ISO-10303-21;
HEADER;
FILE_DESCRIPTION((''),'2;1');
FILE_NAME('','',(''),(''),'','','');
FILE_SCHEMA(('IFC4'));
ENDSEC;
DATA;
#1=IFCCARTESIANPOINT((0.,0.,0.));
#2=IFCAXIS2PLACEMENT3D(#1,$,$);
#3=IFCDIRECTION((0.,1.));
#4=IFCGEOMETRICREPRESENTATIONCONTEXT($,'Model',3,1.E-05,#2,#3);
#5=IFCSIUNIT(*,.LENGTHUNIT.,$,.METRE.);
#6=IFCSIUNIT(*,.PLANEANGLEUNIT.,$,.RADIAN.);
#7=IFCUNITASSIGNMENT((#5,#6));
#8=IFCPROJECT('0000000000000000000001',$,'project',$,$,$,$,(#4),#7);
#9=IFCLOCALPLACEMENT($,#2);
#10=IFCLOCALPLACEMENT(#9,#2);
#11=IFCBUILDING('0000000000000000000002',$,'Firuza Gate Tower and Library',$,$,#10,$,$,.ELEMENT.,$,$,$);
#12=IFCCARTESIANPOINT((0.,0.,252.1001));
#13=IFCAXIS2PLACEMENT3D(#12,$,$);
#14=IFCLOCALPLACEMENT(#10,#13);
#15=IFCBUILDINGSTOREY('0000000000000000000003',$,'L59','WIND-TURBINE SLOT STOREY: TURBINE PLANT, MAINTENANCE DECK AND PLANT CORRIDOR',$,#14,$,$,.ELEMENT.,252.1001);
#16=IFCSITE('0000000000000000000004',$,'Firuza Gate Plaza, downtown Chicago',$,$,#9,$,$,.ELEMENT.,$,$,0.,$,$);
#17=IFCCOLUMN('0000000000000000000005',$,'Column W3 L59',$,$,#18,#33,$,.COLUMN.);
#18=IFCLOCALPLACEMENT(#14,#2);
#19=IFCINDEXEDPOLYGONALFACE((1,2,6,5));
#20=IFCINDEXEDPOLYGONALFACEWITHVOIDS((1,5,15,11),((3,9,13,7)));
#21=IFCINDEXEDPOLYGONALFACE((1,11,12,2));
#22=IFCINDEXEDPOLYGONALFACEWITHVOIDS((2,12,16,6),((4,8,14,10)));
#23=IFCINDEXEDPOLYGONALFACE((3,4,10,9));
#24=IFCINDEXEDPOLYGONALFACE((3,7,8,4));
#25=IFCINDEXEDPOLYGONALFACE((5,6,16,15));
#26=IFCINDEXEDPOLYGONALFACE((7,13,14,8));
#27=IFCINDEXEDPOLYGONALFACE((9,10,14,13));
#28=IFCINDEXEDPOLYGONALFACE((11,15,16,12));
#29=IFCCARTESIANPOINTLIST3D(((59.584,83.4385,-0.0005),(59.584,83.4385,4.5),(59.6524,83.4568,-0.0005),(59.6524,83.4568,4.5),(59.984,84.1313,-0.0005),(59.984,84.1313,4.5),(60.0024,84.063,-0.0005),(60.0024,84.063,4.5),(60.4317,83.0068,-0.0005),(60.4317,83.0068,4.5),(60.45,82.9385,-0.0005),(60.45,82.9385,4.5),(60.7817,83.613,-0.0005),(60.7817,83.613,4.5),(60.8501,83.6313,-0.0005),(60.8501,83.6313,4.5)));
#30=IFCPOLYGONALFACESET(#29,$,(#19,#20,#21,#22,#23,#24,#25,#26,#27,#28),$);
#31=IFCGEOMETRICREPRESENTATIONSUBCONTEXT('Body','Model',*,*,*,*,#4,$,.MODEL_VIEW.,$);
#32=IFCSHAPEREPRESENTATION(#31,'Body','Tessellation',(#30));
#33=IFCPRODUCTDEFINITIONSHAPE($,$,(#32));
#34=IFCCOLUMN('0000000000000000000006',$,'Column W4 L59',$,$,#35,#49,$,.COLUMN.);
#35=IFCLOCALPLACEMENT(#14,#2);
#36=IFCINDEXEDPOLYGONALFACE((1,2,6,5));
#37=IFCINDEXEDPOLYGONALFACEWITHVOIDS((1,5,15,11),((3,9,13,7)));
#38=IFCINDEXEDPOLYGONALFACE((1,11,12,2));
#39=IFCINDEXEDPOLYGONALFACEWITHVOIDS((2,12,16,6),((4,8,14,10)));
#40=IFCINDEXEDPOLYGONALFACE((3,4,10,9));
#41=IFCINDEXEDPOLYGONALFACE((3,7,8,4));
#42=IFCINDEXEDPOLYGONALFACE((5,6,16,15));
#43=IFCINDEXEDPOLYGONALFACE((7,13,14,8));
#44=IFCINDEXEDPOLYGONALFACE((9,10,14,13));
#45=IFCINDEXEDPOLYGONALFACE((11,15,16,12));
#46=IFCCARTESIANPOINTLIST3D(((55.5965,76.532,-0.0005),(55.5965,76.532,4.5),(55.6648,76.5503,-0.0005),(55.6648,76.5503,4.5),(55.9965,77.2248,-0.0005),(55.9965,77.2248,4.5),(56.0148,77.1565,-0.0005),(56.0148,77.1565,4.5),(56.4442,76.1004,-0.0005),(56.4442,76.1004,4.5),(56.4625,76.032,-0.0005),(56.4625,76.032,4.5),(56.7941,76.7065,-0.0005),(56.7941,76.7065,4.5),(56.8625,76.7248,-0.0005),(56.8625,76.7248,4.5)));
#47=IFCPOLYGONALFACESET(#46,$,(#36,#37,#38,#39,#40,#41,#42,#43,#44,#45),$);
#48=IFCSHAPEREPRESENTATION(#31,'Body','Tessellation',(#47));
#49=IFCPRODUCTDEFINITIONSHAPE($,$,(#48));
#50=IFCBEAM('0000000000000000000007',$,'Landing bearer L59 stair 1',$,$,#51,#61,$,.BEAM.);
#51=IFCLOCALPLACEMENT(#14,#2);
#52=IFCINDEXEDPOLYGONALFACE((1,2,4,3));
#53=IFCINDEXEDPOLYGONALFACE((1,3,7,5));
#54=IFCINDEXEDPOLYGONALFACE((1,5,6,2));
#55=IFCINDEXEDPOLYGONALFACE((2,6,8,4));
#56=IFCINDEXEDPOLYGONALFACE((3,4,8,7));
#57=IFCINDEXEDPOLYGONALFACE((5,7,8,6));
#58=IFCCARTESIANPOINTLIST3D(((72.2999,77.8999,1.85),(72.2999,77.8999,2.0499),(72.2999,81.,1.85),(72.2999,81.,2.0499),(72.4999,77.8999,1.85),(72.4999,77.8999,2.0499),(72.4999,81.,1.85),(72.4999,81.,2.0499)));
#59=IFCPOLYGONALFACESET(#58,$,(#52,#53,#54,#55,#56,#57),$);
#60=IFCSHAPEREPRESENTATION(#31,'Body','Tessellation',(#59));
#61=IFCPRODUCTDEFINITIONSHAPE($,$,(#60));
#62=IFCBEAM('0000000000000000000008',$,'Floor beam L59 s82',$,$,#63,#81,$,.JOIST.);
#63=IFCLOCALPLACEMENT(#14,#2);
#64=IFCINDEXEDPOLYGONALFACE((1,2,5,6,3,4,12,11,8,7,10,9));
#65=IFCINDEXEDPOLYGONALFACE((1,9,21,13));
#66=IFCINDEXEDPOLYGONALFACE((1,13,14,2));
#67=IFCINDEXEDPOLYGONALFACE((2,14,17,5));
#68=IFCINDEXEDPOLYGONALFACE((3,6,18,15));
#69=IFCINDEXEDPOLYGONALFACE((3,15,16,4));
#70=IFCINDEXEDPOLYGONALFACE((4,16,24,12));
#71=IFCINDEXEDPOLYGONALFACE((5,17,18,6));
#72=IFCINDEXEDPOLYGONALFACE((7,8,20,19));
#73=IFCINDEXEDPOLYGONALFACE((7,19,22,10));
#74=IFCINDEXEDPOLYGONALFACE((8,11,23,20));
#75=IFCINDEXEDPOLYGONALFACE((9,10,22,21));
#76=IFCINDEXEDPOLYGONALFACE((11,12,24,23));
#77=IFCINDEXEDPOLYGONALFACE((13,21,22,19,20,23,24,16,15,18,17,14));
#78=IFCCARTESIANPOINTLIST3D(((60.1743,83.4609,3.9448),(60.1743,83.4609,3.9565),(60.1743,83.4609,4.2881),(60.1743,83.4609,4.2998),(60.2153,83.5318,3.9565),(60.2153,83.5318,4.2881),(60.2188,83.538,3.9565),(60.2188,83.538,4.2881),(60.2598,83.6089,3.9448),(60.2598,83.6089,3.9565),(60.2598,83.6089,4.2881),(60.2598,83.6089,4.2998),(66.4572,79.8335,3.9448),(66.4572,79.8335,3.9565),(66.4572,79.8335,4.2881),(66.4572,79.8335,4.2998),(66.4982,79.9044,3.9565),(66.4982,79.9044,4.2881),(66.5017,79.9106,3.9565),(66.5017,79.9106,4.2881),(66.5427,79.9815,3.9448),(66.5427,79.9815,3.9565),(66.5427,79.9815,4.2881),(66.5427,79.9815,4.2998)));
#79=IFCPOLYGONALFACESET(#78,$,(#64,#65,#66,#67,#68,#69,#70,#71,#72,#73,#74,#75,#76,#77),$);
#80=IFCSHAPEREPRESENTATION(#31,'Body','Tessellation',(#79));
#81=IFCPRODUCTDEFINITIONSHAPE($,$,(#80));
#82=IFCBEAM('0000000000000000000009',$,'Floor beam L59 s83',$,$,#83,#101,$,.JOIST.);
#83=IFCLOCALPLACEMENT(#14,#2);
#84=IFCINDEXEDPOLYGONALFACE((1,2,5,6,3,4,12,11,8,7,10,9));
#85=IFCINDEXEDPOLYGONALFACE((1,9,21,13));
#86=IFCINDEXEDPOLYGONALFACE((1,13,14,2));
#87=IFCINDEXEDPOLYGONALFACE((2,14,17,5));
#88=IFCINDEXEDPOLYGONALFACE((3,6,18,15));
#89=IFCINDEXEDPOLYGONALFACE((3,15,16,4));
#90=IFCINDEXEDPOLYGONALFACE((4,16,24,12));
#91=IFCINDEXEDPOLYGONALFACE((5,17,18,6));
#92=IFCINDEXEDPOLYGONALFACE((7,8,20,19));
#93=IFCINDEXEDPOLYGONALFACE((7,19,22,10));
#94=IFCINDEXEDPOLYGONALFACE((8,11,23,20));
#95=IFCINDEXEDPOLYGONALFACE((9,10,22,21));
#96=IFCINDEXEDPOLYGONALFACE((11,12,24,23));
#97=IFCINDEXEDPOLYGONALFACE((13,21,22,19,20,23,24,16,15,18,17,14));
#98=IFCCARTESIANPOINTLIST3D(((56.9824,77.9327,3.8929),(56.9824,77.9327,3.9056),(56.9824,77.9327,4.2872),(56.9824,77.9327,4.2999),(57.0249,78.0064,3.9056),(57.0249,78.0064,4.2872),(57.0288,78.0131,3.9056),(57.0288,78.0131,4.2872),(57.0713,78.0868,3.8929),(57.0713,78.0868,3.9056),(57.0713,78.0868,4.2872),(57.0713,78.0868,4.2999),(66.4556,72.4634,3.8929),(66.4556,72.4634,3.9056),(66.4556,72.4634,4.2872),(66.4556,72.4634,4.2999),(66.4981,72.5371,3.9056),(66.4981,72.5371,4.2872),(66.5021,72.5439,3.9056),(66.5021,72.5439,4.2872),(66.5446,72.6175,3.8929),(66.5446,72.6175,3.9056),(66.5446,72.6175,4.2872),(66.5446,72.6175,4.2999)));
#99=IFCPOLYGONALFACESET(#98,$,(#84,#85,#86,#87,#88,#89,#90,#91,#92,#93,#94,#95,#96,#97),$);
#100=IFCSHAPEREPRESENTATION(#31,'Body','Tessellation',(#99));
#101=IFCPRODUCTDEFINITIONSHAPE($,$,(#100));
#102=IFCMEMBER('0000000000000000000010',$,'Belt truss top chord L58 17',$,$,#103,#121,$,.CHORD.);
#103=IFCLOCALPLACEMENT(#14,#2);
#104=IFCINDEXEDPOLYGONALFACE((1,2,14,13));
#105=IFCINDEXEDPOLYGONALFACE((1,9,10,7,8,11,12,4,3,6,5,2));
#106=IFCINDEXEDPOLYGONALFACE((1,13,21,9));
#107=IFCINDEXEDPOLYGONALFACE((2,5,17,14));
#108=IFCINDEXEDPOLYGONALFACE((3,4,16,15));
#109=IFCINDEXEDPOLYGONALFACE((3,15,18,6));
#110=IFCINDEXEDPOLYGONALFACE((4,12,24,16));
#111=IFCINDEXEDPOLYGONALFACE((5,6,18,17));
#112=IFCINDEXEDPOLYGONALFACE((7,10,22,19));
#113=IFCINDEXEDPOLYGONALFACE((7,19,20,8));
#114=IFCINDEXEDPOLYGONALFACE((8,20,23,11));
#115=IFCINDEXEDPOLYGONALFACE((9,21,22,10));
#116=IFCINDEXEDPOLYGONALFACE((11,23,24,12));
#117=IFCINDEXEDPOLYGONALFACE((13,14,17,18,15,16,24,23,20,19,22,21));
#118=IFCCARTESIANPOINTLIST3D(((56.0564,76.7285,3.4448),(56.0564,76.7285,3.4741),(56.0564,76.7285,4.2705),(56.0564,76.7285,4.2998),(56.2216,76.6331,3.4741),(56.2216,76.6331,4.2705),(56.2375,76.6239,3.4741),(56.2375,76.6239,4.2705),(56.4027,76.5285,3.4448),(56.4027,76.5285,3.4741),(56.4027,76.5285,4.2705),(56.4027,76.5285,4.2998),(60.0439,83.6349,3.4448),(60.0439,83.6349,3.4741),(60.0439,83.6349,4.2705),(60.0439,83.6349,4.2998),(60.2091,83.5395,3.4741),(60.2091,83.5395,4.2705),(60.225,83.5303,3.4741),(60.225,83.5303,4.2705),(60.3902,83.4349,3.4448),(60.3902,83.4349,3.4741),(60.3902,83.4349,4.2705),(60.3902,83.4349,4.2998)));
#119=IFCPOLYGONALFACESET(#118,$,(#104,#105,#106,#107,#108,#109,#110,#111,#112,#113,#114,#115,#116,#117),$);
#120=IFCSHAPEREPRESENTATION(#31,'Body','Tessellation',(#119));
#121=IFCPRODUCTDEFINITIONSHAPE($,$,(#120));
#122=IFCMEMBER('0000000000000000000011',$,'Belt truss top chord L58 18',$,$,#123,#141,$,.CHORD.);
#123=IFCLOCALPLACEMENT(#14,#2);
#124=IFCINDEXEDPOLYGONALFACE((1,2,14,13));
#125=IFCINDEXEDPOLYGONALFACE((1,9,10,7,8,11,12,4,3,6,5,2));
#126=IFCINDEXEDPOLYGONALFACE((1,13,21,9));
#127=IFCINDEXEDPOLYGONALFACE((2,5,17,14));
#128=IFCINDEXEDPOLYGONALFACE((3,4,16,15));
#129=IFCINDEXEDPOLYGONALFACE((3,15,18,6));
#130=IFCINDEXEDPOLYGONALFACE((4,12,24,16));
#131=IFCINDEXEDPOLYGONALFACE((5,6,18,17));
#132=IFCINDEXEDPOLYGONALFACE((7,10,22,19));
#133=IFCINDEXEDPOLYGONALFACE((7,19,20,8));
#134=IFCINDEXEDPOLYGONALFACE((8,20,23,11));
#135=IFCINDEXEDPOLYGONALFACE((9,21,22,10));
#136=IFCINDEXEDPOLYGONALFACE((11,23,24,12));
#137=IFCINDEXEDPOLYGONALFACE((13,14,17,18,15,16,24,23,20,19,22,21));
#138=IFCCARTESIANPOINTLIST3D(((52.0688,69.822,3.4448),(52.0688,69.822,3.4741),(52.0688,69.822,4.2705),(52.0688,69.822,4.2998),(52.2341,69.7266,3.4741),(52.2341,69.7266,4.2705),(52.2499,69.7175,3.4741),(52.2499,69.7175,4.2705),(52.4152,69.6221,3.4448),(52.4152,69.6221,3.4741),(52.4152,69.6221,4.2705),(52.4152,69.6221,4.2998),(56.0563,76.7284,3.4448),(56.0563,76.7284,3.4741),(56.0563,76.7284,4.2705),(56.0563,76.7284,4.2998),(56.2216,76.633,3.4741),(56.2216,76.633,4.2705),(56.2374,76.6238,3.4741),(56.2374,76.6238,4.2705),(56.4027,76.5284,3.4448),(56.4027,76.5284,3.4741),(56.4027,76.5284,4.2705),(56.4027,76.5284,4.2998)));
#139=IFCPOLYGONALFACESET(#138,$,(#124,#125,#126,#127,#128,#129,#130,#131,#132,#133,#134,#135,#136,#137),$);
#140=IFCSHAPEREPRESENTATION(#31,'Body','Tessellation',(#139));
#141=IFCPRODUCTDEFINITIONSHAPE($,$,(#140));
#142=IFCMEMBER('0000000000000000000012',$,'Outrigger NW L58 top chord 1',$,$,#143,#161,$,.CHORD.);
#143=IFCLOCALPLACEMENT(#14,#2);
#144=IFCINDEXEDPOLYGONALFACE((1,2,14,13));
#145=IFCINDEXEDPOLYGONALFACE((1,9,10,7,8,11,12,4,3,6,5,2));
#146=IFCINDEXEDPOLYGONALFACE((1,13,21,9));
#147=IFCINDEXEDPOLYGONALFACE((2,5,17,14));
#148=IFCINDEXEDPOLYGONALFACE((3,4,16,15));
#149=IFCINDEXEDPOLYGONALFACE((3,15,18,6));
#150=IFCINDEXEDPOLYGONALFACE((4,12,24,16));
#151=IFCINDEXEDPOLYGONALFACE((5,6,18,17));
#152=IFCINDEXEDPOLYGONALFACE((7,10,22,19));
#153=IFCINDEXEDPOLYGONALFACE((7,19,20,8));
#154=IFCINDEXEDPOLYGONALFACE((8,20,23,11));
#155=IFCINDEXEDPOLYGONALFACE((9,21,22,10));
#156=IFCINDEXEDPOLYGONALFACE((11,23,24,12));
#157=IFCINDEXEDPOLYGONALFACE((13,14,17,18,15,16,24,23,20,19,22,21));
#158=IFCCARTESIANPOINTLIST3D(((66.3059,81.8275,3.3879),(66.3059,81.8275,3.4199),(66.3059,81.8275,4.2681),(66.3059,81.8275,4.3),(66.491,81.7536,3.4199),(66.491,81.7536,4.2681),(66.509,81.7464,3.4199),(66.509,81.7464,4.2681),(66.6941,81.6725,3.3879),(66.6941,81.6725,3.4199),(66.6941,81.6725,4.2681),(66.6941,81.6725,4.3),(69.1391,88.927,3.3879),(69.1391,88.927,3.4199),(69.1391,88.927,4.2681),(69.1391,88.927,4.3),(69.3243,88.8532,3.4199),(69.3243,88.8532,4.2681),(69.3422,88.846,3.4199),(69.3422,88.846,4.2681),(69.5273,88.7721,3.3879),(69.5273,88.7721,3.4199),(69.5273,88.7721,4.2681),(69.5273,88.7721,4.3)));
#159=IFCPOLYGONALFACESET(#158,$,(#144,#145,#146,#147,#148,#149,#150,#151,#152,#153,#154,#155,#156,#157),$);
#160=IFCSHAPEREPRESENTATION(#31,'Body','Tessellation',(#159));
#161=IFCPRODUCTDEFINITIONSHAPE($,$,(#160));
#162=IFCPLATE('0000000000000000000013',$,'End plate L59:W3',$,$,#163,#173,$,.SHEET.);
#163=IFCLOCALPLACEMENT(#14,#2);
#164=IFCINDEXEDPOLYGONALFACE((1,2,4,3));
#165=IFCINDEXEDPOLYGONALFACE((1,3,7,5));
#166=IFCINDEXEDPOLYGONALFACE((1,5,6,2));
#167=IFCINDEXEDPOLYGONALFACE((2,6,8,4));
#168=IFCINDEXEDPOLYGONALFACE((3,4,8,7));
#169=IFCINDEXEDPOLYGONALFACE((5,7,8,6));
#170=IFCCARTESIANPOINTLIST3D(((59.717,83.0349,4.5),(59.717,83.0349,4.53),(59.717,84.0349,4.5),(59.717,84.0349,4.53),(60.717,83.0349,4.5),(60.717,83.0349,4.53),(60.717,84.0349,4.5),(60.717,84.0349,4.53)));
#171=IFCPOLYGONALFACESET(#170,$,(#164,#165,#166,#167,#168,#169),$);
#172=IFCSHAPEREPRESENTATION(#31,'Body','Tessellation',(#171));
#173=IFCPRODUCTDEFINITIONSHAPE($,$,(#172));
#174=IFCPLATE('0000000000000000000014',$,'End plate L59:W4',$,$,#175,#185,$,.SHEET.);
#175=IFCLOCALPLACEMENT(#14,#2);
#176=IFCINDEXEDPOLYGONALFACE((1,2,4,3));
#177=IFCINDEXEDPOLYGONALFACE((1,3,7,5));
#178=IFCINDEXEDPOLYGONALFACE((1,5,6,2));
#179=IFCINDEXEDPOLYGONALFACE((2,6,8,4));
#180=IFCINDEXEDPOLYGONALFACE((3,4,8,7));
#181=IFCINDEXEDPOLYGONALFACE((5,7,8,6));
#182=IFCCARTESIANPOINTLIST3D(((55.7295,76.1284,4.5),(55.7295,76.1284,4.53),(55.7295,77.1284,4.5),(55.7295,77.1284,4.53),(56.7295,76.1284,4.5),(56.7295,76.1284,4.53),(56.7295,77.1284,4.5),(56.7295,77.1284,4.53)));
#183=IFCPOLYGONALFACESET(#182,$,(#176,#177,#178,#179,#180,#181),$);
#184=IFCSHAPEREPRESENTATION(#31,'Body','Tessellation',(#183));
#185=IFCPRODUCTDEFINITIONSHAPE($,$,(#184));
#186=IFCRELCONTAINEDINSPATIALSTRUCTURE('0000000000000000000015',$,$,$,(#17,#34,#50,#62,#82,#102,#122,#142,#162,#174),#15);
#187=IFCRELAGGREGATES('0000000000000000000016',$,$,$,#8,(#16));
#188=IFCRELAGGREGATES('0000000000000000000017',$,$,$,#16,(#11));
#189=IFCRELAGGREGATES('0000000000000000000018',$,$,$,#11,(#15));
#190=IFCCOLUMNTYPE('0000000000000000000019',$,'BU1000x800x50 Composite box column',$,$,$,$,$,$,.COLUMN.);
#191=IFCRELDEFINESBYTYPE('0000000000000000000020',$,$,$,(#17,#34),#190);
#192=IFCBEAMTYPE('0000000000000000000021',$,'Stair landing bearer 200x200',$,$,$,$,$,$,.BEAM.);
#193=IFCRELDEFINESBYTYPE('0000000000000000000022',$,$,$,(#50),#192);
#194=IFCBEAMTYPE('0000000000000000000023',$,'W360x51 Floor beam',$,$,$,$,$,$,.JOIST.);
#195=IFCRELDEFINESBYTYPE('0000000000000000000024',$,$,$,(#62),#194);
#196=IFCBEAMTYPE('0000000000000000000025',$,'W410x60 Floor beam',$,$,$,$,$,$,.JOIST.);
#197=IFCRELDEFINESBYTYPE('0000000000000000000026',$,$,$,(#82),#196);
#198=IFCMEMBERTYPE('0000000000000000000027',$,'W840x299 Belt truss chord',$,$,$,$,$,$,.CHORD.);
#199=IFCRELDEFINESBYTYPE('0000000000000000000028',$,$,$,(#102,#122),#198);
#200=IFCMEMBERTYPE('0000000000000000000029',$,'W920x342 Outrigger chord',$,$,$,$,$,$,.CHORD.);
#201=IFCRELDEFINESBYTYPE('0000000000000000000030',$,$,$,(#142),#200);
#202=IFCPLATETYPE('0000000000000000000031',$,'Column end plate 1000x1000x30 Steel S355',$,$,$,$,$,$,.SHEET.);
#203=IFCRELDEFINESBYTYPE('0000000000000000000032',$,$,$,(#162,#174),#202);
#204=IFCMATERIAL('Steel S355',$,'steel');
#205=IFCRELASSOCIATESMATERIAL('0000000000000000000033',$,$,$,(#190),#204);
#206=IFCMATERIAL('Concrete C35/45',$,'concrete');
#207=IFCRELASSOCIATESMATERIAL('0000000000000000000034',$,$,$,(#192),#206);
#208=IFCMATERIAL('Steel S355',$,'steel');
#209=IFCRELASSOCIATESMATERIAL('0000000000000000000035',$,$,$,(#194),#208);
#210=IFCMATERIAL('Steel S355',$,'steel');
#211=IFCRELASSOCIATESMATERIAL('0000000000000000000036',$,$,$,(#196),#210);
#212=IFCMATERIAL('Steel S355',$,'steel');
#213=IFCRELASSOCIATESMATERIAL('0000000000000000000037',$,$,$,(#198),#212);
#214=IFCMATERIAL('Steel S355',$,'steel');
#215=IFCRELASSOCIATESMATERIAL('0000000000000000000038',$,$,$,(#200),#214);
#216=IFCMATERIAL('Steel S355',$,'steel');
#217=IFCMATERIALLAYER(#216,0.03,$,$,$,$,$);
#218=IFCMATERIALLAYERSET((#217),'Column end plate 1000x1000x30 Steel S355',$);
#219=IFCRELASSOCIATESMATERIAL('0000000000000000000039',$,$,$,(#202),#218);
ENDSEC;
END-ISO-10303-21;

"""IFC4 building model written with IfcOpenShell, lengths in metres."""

from ifc_helpers import new_model, si_unit, direction, frame, origin, origin_2d, place, context, subcontext, project, spatial, rectangle, hollow_rectangle, i_section, extrude, material, layer, layer_set, material_profile, profile_set, type_object, element, save


model = new_model("IFC4")

# Units and contexts
model_context = context("Model", 3, precision=1e-05, world=origin(), true_north=direction((0.0, 1.0)))
body_context = subcontext(model_context, "Body", "Model", "MODEL_VIEW")
ifc_project = project(units=[si_unit("LENGTHUNIT", "METRE"), si_unit("PLANEANGLEUNIT", "RADIAN")], contexts=[model_context])

# Site, building, storey
site_placement = place(None, origin())
site = spatial("IfcSite", under=ifc_project, at=site_placement, Name="Firuza Gate Plaza, downtown Chicago", CompositionType="ELEMENT", RefElevation=0.0)
building_placement = place(site_placement, origin())
building = spatial("IfcBuilding", under=site, at=building_placement, Name="Firuza Gate Tower and Library", CompositionType="ELEMENT")
storey_placement = place(building_placement, frame((0.0, 0.0, 252.1001)))
storey = spatial("IfcBuildingStorey", under=building, at=storey_placement, Name="L59", Description="WIND-TURBINE SLOT STOREY: TURBINE PLANT, MAINTENANCE DECK AND PLANT CORRIDOR", CompositionType="ELEMENT", Elevation=252.1001)

# Columns
ifc_material_1 = material(Name="Steel S355", Category="steel")
ifc_material_profile_1 = material_profile(ifc_material_1, hollow_rectangle(XDim=0.8, YDim=1.0, WallThickness=0.05, at=origin_2d()))
ifc_profile_set_1 = profile_set([ifc_material_profile_1], Name="Steel S355")
column_type = type_object("IfcColumnType", Name="BU1000x800x50 Composite box column", PredefinedType="COLUMN", material=ifc_profile_set_1)
for number, where, z_axis, x_axis, name in (
    (1, (60.217, 83.5349, -0.0005), (0.0, 0.0, 1.0), (-0.5, -0.866025, 0.0), "Column W3 L59"),
    (2, (56.2295, 76.6284, -0.0005), (0.0, 0.0, 1.0), (-0.5, -0.866025, 0.0), "Column W4 L59"),
):
    element("IfcColumn", number, at=place(storey_placement, frame(where, z_axis=z_axis, x_axis=x_axis)), inside=storey, type_object=column_type, Name=name, PredefinedType="COLUMN", context=body_context, shape_type="SweptSolid", body=[
        extrude(hollow_rectangle(XDim=0.8, YDim=1.0, WallThickness=0.05, at=origin_2d()), origin(), (0.0, 0.0, 1.0), 4.5005),
    ])

# Beams
ifc_material_2 = material(Name="Concrete C35/45", Category="concrete")
ifc_material_profile_2 = material_profile(ifc_material_2, rectangle(XDim=0.2, YDim=0.2, at=origin_2d()))
ifc_profile_set_2 = profile_set([ifc_material_profile_2], Name="Concrete C35/45")
beam_type_1 = type_object("IfcBeamType", Name="Stair landing bearer 200x200", PredefinedType="BEAM", material=ifc_profile_set_2)
beam_1_placement = place(storey_placement, frame((72.3999, 77.8999, 1.95), z_axis=(0.0, 1.0, 0.0), x_axis=(-1.0, 0.0, 0.0)))
element("IfcBeam", 3, at=beam_1_placement, inside=storey, type_object=beam_type_1, Name="Landing bearer L59 stair 1", PredefinedType="BEAM", context=body_context, shape_type="SweptSolid", body=[
    extrude(rectangle(XDim=0.2, YDim=0.2, at=origin_2d()), origin(), (0.0, 0.0, 1.0), 3.1001),
])
ifc_material_3 = material(Name="Steel S355", Category="steel")
ifc_material_profile_3 = material_profile(ifc_material_3, i_section(OverallWidth=0.1709, OverallDepth=0.355, WebThickness=0.0071, FlangeThickness=0.0117, at=origin_2d()))
ifc_profile_set_3 = profile_set([ifc_material_profile_3], Name="Steel S355")
beam_type_2 = type_object("IfcBeamType", Name="W360x51 Floor beam", PredefinedType="JOIST", material=ifc_profile_set_3)
beam_2_placement = place(storey_placement, frame((60.217, 83.5349, 4.1223), z_axis=(0.866027, -0.499997, 0.0), x_axis=(0.499997, 0.866027, 0.0)))
element("IfcBeam", 4, at=beam_2_placement, inside=storey, type_object=beam_type_2, Name="Floor beam L59 s82", PredefinedType="JOIST", context=body_context, shape_type="SweptSolid", body=[
    extrude(i_section(OverallWidth=0.1709, OverallDepth=0.355, WebThickness=0.0071, FlangeThickness=0.0117, at=origin_2d()), origin(), (0.0, 0.0, 1.0), 7.2549),
])
ifc_material_4 = material(Name="Steel S355", Category="steel")
ifc_material_profile_4 = material_profile(ifc_material_4, i_section(OverallWidth=0.178, OverallDepth=0.407, WebThickness=0.0078, FlangeThickness=0.0127, at=origin_2d()))
ifc_profile_set_4 = profile_set([ifc_material_profile_4], Name="Steel S355")
beam_type_3 = type_object("IfcBeamType", Name="W410x60 Floor beam", PredefinedType="JOIST", material=ifc_profile_set_4)
beam_3_placement = place(storey_placement, frame((57.0269, 78.0098, 4.0964), z_axis=(0.866029, -0.499994, 0.0), x_axis=(0.499994, 0.866029, 0.0)))
element("IfcBeam", 5, at=beam_3_placement, inside=storey, type_object=beam_type_3, Name="Floor beam L59 s83", PredefinedType="JOIST", context=body_context, shape_type="SweptSolid", body=[
    extrude(i_section(OverallWidth=0.178, OverallDepth=0.407, WebThickness=0.0078, FlangeThickness=0.0127, at=origin_2d()), origin(), (0.0, 0.0, 1.0), 10.9387),
])

# Members
ifc_material_5 = material(Name="Steel S355", Category="steel")
ifc_material_profile_5 = material_profile(ifc_material_5, i_section(OverallWidth=0.3999, OverallDepth=0.855, WebThickness=0.0183, FlangeThickness=0.0293, at=origin_2d()))
ifc_profile_set_5 = profile_set([ifc_material_profile_5], Name="Steel S355")
member_type_1 = type_object("IfcMemberType", Name="W840x299 Belt truss chord", PredefinedType="CHORD", material=ifc_profile_set_5)
for number, where, z_axis, x_axis, name in (
    (6, (60.217, 83.5349, 3.8723), (-0.500008, -0.866021, 0.0), (0.866021, -0.500008, 0.0), "Belt truss top chord L58 17"),
    (7, (56.2295, 76.6284, 3.8723), (-0.500008, -0.866021, 0.0), (0.866021, -0.500008, 0.0), "Belt truss top chord L58 18"),
):
    element("IfcMember", number, at=place(storey_placement, frame(where, z_axis=z_axis, x_axis=x_axis)), inside=storey, type_object=member_type_1, Name=name, PredefinedType="CHORD", context=body_context, shape_type="SweptSolid", body=[
        extrude(i_section(OverallWidth=0.3999, OverallDepth=0.855, WebThickness=0.0183, FlangeThickness=0.0293, at=origin_2d()), origin(), (0.0, 0.0, 1.0), 7.9749),
    ])
ifc_material_6 = material(Name="Steel S355", Category="steel")
ifc_material_profile_6 = material_profile(ifc_material_6, i_section(OverallWidth=0.418, OverallDepth=0.9121, WebThickness=0.0193, FlangeThickness=0.032, at=origin_2d()))
ifc_profile_set_6 = profile_set([ifc_material_profile_6], Name="Steel S355")
member_type_2 = type_object("IfcMemberType", Name="W920x342 Outrigger chord", PredefinedType="CHORD", material=ifc_profile_set_6)
member_placement = place(storey_placement, frame((66.5, 81.75, 3.844), z_axis=(0.370647, 0.928774, 0.0), x_axis=(-0.928774, 0.370647, 0.0)))
element("IfcMember", 8, at=member_placement, inside=storey, type_object=member_type_2, Name="Outrigger NW L58 top chord 1", PredefinedType="CHORD", context=body_context, shape_type="SweptSolid", body=[
    extrude(i_section(OverallWidth=0.418, OverallDepth=0.9121, WebThickness=0.0193, FlangeThickness=0.032, at=origin_2d()), origin(), (0.0, 0.0, 1.0), 7.644),
])

# Plates
ifc_material_7 = material(Name="Steel S355", Category="steel")
ifc_layer_1 = layer(ifc_material_7, 0.03)
ifc_layer_set_1 = layer_set([ifc_layer_1], Name="Column end plate 1000x1000x30 Steel S355")
plate_type = type_object("IfcPlateType", Name="Column end plate 1000x1000x30 Steel S355", PredefinedType="SHEET", material=ifc_layer_set_1)
for number, where, z_axis, x_axis, name in (
    (9, (60.217, 83.5349, 4.5), (0.0, 0.0, 1.0), (1.0, 0.0, 0.0), "End plate L59:W3"),
    (10, (56.2295, 76.6284, 4.5), (0.0, 0.0, 1.0), (1.0, 0.0, 0.0), "End plate L59:W4"),
):
    element("IfcPlate", number, at=place(storey_placement, frame(where, z_axis=z_axis, x_axis=x_axis)), inside=storey, type_object=plate_type, Name=name, PredefinedType="SHEET", context=body_context, shape_type="SweptSolid", body=[
        extrude(rectangle(XDim=1.0, YDim=1.0, at=origin_2d()), origin(), (0.0, 0.0, 1.0), 0.03),
    ])

save(model, "model.ifc")
